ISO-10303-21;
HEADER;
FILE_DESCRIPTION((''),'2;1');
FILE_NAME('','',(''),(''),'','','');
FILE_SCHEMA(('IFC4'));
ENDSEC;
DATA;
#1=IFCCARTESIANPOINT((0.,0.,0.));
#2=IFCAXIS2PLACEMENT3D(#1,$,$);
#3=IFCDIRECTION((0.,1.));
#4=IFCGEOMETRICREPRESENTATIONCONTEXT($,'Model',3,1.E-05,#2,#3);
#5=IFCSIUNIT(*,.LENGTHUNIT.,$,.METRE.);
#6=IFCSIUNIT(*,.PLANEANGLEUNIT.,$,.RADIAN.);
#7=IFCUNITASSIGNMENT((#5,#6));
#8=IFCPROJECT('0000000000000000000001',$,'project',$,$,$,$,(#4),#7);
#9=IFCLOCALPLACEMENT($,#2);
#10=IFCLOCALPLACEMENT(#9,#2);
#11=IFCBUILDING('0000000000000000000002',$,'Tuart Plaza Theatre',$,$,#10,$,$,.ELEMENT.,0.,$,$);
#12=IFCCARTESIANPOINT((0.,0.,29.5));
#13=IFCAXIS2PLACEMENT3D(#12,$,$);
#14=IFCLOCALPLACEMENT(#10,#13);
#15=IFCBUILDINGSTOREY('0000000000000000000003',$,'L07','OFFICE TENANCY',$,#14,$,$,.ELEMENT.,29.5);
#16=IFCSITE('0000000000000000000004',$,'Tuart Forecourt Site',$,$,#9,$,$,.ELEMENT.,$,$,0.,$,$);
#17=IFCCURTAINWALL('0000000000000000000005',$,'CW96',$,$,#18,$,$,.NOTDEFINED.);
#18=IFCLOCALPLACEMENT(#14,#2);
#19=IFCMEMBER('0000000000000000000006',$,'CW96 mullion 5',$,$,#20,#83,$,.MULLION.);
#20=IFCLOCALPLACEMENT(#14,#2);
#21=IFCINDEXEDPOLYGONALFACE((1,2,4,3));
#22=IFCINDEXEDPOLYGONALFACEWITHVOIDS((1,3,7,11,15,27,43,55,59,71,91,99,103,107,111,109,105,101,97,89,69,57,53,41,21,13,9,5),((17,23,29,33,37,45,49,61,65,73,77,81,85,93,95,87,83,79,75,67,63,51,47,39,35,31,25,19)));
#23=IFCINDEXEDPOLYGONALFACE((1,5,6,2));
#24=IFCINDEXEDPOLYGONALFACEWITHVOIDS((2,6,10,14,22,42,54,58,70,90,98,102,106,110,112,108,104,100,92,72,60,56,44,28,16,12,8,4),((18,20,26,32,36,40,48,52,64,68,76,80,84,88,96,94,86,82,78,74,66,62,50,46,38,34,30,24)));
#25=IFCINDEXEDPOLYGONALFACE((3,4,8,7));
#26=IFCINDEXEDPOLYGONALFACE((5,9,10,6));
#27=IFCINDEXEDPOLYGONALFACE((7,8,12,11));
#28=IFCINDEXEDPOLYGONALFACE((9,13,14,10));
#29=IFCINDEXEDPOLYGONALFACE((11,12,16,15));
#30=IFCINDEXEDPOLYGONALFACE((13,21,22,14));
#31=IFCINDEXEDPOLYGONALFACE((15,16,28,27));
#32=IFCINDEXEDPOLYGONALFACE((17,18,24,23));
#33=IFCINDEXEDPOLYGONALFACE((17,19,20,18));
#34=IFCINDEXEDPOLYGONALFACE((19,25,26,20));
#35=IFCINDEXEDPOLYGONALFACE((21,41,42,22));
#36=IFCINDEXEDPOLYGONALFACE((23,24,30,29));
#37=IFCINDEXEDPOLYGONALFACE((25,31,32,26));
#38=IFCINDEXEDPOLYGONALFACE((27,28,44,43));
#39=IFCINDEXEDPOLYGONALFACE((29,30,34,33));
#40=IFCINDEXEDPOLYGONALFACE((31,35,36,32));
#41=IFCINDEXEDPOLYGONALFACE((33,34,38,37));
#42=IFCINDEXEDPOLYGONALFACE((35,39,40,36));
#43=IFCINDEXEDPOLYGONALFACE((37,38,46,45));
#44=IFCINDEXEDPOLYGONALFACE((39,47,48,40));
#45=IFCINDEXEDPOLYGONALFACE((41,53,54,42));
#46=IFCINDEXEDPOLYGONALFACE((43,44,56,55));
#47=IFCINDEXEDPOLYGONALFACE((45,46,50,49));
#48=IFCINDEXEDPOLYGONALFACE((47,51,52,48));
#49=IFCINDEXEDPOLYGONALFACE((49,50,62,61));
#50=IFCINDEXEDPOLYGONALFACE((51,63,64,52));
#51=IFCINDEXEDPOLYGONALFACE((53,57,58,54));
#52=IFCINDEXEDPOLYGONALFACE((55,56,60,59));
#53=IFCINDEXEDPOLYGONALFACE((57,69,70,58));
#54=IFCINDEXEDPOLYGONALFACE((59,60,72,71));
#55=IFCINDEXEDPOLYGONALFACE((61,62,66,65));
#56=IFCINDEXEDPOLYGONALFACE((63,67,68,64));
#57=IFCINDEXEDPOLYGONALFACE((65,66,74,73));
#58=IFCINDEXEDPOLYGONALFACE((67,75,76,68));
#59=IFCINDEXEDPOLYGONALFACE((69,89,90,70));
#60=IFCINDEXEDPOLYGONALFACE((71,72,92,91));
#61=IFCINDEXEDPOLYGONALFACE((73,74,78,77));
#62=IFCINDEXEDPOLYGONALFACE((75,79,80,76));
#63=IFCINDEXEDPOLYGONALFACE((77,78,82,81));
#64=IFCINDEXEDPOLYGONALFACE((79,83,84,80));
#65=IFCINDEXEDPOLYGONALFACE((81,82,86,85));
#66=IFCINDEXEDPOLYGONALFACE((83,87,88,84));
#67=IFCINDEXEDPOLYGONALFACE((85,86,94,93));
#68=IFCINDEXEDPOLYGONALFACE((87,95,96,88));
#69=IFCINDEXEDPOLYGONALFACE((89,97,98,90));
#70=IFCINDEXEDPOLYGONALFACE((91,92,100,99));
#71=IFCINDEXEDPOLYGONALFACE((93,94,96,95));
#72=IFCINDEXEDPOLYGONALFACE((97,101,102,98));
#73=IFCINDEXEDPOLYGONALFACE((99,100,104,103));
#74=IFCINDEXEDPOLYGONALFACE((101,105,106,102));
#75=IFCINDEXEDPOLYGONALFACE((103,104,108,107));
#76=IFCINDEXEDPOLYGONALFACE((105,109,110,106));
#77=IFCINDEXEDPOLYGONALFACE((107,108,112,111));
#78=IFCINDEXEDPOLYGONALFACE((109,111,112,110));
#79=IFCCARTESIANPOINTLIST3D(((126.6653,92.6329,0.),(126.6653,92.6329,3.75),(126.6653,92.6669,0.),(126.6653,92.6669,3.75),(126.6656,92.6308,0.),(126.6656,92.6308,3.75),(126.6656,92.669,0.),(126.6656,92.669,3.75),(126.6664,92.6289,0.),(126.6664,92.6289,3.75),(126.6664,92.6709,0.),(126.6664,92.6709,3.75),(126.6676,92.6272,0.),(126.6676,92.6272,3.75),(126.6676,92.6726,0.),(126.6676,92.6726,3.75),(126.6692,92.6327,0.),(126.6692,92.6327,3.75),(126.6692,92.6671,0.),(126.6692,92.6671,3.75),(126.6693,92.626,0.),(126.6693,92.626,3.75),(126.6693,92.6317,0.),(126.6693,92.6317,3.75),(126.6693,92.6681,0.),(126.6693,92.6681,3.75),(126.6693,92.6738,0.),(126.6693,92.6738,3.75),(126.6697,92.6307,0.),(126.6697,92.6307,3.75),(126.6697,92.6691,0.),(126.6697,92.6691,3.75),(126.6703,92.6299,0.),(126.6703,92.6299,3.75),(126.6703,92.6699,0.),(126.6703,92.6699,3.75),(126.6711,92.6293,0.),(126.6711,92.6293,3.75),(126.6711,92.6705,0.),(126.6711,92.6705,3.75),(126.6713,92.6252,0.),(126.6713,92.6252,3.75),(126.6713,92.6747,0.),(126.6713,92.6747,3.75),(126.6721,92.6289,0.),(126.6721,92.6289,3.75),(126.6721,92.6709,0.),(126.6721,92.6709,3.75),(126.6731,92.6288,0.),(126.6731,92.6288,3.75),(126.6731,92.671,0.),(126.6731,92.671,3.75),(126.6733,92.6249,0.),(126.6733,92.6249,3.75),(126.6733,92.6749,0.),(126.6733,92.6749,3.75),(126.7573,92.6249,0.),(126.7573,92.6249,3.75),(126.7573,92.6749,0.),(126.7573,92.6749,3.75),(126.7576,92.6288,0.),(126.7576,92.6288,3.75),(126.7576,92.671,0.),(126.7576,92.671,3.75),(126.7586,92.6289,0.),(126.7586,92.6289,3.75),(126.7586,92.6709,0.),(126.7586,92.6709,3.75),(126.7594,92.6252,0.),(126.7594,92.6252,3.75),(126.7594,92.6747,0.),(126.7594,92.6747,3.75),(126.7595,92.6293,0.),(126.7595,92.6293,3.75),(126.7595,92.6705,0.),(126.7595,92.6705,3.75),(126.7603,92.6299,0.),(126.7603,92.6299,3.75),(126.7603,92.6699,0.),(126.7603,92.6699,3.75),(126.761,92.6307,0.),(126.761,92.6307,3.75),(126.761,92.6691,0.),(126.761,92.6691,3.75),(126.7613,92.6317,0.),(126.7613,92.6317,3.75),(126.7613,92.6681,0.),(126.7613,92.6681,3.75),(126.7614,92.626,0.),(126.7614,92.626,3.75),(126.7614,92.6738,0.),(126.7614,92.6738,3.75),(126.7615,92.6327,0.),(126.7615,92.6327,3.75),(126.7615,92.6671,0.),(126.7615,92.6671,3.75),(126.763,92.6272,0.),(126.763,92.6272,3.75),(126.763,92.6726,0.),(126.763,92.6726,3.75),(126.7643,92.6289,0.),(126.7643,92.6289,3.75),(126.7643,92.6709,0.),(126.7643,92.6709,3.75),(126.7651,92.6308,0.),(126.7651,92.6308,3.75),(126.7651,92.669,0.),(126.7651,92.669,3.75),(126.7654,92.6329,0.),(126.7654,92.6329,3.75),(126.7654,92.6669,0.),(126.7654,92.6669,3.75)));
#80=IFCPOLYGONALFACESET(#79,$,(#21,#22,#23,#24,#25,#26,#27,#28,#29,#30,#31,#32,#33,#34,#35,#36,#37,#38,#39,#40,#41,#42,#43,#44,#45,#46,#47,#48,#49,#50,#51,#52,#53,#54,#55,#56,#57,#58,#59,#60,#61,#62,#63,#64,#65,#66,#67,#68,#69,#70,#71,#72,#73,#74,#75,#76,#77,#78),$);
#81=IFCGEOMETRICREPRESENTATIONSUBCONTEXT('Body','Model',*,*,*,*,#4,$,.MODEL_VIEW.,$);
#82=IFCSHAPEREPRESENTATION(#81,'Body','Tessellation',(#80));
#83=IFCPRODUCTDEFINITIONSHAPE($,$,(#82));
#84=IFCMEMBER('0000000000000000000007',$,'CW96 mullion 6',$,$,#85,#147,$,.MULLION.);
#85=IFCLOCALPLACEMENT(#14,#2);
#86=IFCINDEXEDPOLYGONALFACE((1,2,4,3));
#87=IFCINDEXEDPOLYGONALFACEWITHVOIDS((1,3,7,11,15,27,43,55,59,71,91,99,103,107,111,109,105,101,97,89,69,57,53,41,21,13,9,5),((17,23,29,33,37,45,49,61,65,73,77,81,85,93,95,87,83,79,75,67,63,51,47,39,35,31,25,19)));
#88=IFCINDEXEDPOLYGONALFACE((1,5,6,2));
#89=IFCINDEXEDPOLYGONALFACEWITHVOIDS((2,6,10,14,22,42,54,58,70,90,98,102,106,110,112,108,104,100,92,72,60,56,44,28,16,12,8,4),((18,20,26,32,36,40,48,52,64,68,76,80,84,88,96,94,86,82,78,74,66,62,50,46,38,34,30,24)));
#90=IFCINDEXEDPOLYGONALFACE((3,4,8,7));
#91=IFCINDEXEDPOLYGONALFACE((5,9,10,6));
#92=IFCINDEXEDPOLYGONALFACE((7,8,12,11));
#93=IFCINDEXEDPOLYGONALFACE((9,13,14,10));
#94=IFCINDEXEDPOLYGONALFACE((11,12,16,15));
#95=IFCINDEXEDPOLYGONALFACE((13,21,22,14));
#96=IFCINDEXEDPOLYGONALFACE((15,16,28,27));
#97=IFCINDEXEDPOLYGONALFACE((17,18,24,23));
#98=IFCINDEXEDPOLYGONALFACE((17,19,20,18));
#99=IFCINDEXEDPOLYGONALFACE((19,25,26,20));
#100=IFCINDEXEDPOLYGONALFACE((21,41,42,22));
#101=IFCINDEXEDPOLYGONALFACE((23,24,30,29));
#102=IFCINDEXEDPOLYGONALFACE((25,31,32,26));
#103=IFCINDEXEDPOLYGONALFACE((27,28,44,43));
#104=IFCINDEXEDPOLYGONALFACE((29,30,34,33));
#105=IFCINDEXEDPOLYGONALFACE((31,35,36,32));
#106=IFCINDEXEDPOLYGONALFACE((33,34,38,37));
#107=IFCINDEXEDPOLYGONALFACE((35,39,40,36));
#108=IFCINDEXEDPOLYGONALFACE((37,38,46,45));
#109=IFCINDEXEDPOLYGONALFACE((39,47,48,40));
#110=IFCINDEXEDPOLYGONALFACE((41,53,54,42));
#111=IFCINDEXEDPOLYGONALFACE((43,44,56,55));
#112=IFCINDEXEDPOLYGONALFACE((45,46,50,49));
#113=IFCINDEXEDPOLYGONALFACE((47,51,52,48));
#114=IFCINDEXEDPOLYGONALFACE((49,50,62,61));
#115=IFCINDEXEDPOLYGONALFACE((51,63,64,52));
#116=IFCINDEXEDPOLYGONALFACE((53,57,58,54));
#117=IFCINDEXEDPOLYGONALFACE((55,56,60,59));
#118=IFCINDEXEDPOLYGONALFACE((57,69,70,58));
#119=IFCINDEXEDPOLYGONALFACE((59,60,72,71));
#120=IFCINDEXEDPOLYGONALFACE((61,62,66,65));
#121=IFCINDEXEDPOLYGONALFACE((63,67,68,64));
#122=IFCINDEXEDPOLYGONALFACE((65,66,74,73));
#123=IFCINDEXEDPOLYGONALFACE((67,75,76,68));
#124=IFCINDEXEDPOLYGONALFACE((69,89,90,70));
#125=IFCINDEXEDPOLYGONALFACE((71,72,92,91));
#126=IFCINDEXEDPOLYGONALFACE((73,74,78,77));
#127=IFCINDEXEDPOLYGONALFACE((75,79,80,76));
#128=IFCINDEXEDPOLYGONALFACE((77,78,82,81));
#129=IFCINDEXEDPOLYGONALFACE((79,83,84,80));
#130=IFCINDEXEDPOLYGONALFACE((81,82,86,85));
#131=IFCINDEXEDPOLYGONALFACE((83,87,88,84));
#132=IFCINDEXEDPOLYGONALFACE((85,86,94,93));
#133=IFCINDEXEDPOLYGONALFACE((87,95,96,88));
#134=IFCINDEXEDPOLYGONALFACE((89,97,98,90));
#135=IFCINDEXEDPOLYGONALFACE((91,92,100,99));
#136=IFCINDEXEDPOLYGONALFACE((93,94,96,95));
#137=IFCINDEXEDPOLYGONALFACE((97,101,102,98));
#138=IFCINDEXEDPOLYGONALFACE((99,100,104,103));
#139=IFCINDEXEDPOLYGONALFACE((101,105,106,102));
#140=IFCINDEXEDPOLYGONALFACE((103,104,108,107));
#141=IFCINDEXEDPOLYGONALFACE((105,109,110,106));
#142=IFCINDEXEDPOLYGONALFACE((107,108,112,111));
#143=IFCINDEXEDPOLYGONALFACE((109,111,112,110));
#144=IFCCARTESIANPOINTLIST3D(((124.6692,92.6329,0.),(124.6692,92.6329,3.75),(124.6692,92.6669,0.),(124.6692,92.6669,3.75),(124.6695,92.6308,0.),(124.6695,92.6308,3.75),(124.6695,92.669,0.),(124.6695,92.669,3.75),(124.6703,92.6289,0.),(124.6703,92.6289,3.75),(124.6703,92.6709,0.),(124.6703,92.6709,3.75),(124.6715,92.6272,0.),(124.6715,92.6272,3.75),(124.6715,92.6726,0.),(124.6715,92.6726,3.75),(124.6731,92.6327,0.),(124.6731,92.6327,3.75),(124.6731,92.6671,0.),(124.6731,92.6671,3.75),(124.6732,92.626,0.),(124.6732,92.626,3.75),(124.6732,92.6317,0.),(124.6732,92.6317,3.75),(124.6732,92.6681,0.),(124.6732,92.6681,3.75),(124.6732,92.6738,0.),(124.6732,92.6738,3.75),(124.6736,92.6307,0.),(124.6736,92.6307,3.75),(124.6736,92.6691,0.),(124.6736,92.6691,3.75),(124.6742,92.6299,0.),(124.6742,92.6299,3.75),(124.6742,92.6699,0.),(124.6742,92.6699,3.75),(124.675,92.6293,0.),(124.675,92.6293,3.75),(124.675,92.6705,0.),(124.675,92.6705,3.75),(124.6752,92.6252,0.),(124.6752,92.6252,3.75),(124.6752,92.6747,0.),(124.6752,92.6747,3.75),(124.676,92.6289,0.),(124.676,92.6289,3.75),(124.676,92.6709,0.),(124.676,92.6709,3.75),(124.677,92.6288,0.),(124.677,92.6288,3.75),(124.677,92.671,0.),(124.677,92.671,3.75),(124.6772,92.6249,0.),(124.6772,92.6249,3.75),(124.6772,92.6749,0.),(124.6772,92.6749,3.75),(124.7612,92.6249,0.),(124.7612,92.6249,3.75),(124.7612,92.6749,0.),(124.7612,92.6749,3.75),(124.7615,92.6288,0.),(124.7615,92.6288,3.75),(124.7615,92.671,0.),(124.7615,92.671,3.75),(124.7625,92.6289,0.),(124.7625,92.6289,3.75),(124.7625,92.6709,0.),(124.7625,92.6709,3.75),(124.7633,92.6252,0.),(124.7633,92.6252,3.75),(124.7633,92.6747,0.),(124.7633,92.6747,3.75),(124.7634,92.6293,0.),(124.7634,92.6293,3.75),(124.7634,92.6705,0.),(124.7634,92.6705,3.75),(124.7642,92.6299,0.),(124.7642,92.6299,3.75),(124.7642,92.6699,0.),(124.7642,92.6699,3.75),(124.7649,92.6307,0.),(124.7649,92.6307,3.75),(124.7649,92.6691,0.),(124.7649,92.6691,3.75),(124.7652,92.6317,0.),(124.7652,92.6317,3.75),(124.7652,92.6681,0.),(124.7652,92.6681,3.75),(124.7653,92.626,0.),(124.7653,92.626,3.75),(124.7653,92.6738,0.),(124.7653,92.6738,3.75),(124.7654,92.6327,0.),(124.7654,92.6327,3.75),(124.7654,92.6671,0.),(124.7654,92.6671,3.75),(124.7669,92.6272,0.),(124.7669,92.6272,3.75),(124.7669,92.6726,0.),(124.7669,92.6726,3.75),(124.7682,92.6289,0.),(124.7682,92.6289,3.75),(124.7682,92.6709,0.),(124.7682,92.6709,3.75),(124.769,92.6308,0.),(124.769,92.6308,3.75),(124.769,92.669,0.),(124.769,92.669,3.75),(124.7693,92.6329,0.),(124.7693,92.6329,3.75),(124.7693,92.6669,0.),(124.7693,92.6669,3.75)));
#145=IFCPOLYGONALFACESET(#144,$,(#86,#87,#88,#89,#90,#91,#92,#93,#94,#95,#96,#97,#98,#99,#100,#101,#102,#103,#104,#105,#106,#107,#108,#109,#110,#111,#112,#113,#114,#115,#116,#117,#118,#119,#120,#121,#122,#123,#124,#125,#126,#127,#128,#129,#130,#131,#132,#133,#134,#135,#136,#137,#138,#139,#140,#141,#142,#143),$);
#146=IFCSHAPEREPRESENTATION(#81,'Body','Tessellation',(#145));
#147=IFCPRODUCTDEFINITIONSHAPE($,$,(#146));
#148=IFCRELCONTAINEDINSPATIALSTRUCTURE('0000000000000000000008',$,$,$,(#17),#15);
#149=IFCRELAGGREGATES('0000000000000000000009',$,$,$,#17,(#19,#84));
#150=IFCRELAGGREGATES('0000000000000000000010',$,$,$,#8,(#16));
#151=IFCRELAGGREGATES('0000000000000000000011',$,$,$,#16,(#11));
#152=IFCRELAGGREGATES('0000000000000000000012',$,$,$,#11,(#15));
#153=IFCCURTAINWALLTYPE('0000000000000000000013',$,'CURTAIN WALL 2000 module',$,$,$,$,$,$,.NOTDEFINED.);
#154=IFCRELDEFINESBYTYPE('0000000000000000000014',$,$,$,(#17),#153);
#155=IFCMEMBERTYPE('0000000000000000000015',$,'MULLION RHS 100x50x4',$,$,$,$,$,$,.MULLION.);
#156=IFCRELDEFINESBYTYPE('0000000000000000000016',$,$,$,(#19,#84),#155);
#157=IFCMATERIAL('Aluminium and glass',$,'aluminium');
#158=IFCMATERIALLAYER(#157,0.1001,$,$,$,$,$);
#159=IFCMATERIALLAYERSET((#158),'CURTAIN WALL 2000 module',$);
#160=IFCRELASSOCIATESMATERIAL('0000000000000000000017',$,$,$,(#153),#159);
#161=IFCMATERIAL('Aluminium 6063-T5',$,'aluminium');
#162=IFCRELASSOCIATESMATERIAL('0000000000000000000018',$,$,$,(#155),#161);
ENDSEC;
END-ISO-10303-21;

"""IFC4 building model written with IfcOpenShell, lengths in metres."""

from ifc_helpers import new_model, si_unit, direction, frame, origin, origin_2d, place, context, subcontext, project, spatial, hollow_rectangle, extrude, material, layer, layer_set, material_profile, profile_set, type_object, element, aggregate, save


model = new_model("IFC4")

# Units and contexts
model_context = context("Model", 3, precision=1e-05, world=origin(), true_north=direction((0.0, 1.0)))
body_context = subcontext(model_context, "Body", "Model", "MODEL_VIEW")
ifc_project = project(units=[si_unit("LENGTHUNIT", "METRE"), si_unit("PLANEANGLEUNIT", "RADIAN")], contexts=[model_context])

# Site, building, storey
site_placement = place(None, origin())
site = spatial("IfcSite", under=ifc_project, at=site_placement, Name="Tuart Forecourt Site", CompositionType="ELEMENT", RefElevation=0.0)
building_placement = place(site_placement, origin())
building = spatial("IfcBuilding", under=site, at=building_placement, Name="Tuart Plaza Theatre", CompositionType="ELEMENT", ElevationOfRefHeight=0.0)
storey_placement = place(building_placement, frame((0.0, 0.0, 29.5)))
storey = spatial("IfcBuildingStorey", under=building, at=storey_placement, Name="L07", Description="OFFICE TENANCY", CompositionType="ELEMENT", Elevation=29.5)

# Curtain wall, members
ifc_material_1 = material(Name="Aluminium and glass", Category="aluminium")
ifc_layer_1 = layer(ifc_material_1, 0.1001)
ifc_layer_set_1 = layer_set([ifc_layer_1], Name="CURTAIN WALL 2000 module")
curtain_wall_type = type_object("IfcCurtainWallType", Name="CURTAIN WALL 2000 module", PredefinedType="NOTDEFINED", material=ifc_layer_set_1)
curtain_wall_placement = place(storey_placement, origin())
curtain_wall = element("IfcCurtainWall", 1, at=curtain_wall_placement, inside=storey, type_object=curtain_wall_type, Name="CW96", PredefinedType="NOTDEFINED")
ifc_material_2 = material(Name="Aluminium 6063-T5", Category="aluminium")
ifc_material_profile_1 = material_profile(ifc_material_2, hollow_rectangle(XDim=0.05, YDim=0.1001, WallThickness=0.0039, InnerFilletRadius=0.0039, OuterFilletRadius=0.0081, at=origin_2d()), Name="RHS 100x50x4")
ifc_profile_set_1 = profile_set([ifc_material_profile_1], Name="Aluminium 6063-T5")
member_type_1 = type_object("IfcMemberType", Name="MULLION RHS 100x50x4", PredefinedType="MULLION", material=ifc_profile_set_1)
member_1_placement = place(storey_placement, frame((126.7153, 92.6499, 0.0), z_axis=(0.0, 0.0, 1.0), x_axis=(0.0, -1.0, 0.0)))
member_1 = element("IfcMember", 2, at=member_1_placement, type_object=member_type_1, Name="CW96 mullion 5", PredefinedType="MULLION", context=body_context, shape_type="SweptSolid", body=[
    extrude(hollow_rectangle(XDim=0.05, YDim=0.1001, WallThickness=0.0039, InnerFilletRadius=0.0039, OuterFilletRadius=0.0081, at=origin_2d()), origin(), (0.0, 0.0, 1.0), 3.75),
])
member_2_placement = place(storey_placement, frame((124.7192, 92.6499, 0.0), z_axis=(0.0, 0.0, 1.0), x_axis=(0.0, -1.0, 0.0)))
member_2 = element("IfcMember", 3, at=member_2_placement, type_object=member_type_1, Name="CW96 mullion 6", PredefinedType="MULLION", context=body_context, shape_type="SweptSolid", body=[
    extrude(hollow_rectangle(XDim=0.05, YDim=0.1001, WallThickness=0.0039, InnerFilletRadius=0.0039, OuterFilletRadius=0.0081, at=origin_2d()), origin(), (0.0, 0.0, 1.0), 3.75),
])
aggregate(curtain_wall, [member_1, member_2])

save(model, "model.ifc")
